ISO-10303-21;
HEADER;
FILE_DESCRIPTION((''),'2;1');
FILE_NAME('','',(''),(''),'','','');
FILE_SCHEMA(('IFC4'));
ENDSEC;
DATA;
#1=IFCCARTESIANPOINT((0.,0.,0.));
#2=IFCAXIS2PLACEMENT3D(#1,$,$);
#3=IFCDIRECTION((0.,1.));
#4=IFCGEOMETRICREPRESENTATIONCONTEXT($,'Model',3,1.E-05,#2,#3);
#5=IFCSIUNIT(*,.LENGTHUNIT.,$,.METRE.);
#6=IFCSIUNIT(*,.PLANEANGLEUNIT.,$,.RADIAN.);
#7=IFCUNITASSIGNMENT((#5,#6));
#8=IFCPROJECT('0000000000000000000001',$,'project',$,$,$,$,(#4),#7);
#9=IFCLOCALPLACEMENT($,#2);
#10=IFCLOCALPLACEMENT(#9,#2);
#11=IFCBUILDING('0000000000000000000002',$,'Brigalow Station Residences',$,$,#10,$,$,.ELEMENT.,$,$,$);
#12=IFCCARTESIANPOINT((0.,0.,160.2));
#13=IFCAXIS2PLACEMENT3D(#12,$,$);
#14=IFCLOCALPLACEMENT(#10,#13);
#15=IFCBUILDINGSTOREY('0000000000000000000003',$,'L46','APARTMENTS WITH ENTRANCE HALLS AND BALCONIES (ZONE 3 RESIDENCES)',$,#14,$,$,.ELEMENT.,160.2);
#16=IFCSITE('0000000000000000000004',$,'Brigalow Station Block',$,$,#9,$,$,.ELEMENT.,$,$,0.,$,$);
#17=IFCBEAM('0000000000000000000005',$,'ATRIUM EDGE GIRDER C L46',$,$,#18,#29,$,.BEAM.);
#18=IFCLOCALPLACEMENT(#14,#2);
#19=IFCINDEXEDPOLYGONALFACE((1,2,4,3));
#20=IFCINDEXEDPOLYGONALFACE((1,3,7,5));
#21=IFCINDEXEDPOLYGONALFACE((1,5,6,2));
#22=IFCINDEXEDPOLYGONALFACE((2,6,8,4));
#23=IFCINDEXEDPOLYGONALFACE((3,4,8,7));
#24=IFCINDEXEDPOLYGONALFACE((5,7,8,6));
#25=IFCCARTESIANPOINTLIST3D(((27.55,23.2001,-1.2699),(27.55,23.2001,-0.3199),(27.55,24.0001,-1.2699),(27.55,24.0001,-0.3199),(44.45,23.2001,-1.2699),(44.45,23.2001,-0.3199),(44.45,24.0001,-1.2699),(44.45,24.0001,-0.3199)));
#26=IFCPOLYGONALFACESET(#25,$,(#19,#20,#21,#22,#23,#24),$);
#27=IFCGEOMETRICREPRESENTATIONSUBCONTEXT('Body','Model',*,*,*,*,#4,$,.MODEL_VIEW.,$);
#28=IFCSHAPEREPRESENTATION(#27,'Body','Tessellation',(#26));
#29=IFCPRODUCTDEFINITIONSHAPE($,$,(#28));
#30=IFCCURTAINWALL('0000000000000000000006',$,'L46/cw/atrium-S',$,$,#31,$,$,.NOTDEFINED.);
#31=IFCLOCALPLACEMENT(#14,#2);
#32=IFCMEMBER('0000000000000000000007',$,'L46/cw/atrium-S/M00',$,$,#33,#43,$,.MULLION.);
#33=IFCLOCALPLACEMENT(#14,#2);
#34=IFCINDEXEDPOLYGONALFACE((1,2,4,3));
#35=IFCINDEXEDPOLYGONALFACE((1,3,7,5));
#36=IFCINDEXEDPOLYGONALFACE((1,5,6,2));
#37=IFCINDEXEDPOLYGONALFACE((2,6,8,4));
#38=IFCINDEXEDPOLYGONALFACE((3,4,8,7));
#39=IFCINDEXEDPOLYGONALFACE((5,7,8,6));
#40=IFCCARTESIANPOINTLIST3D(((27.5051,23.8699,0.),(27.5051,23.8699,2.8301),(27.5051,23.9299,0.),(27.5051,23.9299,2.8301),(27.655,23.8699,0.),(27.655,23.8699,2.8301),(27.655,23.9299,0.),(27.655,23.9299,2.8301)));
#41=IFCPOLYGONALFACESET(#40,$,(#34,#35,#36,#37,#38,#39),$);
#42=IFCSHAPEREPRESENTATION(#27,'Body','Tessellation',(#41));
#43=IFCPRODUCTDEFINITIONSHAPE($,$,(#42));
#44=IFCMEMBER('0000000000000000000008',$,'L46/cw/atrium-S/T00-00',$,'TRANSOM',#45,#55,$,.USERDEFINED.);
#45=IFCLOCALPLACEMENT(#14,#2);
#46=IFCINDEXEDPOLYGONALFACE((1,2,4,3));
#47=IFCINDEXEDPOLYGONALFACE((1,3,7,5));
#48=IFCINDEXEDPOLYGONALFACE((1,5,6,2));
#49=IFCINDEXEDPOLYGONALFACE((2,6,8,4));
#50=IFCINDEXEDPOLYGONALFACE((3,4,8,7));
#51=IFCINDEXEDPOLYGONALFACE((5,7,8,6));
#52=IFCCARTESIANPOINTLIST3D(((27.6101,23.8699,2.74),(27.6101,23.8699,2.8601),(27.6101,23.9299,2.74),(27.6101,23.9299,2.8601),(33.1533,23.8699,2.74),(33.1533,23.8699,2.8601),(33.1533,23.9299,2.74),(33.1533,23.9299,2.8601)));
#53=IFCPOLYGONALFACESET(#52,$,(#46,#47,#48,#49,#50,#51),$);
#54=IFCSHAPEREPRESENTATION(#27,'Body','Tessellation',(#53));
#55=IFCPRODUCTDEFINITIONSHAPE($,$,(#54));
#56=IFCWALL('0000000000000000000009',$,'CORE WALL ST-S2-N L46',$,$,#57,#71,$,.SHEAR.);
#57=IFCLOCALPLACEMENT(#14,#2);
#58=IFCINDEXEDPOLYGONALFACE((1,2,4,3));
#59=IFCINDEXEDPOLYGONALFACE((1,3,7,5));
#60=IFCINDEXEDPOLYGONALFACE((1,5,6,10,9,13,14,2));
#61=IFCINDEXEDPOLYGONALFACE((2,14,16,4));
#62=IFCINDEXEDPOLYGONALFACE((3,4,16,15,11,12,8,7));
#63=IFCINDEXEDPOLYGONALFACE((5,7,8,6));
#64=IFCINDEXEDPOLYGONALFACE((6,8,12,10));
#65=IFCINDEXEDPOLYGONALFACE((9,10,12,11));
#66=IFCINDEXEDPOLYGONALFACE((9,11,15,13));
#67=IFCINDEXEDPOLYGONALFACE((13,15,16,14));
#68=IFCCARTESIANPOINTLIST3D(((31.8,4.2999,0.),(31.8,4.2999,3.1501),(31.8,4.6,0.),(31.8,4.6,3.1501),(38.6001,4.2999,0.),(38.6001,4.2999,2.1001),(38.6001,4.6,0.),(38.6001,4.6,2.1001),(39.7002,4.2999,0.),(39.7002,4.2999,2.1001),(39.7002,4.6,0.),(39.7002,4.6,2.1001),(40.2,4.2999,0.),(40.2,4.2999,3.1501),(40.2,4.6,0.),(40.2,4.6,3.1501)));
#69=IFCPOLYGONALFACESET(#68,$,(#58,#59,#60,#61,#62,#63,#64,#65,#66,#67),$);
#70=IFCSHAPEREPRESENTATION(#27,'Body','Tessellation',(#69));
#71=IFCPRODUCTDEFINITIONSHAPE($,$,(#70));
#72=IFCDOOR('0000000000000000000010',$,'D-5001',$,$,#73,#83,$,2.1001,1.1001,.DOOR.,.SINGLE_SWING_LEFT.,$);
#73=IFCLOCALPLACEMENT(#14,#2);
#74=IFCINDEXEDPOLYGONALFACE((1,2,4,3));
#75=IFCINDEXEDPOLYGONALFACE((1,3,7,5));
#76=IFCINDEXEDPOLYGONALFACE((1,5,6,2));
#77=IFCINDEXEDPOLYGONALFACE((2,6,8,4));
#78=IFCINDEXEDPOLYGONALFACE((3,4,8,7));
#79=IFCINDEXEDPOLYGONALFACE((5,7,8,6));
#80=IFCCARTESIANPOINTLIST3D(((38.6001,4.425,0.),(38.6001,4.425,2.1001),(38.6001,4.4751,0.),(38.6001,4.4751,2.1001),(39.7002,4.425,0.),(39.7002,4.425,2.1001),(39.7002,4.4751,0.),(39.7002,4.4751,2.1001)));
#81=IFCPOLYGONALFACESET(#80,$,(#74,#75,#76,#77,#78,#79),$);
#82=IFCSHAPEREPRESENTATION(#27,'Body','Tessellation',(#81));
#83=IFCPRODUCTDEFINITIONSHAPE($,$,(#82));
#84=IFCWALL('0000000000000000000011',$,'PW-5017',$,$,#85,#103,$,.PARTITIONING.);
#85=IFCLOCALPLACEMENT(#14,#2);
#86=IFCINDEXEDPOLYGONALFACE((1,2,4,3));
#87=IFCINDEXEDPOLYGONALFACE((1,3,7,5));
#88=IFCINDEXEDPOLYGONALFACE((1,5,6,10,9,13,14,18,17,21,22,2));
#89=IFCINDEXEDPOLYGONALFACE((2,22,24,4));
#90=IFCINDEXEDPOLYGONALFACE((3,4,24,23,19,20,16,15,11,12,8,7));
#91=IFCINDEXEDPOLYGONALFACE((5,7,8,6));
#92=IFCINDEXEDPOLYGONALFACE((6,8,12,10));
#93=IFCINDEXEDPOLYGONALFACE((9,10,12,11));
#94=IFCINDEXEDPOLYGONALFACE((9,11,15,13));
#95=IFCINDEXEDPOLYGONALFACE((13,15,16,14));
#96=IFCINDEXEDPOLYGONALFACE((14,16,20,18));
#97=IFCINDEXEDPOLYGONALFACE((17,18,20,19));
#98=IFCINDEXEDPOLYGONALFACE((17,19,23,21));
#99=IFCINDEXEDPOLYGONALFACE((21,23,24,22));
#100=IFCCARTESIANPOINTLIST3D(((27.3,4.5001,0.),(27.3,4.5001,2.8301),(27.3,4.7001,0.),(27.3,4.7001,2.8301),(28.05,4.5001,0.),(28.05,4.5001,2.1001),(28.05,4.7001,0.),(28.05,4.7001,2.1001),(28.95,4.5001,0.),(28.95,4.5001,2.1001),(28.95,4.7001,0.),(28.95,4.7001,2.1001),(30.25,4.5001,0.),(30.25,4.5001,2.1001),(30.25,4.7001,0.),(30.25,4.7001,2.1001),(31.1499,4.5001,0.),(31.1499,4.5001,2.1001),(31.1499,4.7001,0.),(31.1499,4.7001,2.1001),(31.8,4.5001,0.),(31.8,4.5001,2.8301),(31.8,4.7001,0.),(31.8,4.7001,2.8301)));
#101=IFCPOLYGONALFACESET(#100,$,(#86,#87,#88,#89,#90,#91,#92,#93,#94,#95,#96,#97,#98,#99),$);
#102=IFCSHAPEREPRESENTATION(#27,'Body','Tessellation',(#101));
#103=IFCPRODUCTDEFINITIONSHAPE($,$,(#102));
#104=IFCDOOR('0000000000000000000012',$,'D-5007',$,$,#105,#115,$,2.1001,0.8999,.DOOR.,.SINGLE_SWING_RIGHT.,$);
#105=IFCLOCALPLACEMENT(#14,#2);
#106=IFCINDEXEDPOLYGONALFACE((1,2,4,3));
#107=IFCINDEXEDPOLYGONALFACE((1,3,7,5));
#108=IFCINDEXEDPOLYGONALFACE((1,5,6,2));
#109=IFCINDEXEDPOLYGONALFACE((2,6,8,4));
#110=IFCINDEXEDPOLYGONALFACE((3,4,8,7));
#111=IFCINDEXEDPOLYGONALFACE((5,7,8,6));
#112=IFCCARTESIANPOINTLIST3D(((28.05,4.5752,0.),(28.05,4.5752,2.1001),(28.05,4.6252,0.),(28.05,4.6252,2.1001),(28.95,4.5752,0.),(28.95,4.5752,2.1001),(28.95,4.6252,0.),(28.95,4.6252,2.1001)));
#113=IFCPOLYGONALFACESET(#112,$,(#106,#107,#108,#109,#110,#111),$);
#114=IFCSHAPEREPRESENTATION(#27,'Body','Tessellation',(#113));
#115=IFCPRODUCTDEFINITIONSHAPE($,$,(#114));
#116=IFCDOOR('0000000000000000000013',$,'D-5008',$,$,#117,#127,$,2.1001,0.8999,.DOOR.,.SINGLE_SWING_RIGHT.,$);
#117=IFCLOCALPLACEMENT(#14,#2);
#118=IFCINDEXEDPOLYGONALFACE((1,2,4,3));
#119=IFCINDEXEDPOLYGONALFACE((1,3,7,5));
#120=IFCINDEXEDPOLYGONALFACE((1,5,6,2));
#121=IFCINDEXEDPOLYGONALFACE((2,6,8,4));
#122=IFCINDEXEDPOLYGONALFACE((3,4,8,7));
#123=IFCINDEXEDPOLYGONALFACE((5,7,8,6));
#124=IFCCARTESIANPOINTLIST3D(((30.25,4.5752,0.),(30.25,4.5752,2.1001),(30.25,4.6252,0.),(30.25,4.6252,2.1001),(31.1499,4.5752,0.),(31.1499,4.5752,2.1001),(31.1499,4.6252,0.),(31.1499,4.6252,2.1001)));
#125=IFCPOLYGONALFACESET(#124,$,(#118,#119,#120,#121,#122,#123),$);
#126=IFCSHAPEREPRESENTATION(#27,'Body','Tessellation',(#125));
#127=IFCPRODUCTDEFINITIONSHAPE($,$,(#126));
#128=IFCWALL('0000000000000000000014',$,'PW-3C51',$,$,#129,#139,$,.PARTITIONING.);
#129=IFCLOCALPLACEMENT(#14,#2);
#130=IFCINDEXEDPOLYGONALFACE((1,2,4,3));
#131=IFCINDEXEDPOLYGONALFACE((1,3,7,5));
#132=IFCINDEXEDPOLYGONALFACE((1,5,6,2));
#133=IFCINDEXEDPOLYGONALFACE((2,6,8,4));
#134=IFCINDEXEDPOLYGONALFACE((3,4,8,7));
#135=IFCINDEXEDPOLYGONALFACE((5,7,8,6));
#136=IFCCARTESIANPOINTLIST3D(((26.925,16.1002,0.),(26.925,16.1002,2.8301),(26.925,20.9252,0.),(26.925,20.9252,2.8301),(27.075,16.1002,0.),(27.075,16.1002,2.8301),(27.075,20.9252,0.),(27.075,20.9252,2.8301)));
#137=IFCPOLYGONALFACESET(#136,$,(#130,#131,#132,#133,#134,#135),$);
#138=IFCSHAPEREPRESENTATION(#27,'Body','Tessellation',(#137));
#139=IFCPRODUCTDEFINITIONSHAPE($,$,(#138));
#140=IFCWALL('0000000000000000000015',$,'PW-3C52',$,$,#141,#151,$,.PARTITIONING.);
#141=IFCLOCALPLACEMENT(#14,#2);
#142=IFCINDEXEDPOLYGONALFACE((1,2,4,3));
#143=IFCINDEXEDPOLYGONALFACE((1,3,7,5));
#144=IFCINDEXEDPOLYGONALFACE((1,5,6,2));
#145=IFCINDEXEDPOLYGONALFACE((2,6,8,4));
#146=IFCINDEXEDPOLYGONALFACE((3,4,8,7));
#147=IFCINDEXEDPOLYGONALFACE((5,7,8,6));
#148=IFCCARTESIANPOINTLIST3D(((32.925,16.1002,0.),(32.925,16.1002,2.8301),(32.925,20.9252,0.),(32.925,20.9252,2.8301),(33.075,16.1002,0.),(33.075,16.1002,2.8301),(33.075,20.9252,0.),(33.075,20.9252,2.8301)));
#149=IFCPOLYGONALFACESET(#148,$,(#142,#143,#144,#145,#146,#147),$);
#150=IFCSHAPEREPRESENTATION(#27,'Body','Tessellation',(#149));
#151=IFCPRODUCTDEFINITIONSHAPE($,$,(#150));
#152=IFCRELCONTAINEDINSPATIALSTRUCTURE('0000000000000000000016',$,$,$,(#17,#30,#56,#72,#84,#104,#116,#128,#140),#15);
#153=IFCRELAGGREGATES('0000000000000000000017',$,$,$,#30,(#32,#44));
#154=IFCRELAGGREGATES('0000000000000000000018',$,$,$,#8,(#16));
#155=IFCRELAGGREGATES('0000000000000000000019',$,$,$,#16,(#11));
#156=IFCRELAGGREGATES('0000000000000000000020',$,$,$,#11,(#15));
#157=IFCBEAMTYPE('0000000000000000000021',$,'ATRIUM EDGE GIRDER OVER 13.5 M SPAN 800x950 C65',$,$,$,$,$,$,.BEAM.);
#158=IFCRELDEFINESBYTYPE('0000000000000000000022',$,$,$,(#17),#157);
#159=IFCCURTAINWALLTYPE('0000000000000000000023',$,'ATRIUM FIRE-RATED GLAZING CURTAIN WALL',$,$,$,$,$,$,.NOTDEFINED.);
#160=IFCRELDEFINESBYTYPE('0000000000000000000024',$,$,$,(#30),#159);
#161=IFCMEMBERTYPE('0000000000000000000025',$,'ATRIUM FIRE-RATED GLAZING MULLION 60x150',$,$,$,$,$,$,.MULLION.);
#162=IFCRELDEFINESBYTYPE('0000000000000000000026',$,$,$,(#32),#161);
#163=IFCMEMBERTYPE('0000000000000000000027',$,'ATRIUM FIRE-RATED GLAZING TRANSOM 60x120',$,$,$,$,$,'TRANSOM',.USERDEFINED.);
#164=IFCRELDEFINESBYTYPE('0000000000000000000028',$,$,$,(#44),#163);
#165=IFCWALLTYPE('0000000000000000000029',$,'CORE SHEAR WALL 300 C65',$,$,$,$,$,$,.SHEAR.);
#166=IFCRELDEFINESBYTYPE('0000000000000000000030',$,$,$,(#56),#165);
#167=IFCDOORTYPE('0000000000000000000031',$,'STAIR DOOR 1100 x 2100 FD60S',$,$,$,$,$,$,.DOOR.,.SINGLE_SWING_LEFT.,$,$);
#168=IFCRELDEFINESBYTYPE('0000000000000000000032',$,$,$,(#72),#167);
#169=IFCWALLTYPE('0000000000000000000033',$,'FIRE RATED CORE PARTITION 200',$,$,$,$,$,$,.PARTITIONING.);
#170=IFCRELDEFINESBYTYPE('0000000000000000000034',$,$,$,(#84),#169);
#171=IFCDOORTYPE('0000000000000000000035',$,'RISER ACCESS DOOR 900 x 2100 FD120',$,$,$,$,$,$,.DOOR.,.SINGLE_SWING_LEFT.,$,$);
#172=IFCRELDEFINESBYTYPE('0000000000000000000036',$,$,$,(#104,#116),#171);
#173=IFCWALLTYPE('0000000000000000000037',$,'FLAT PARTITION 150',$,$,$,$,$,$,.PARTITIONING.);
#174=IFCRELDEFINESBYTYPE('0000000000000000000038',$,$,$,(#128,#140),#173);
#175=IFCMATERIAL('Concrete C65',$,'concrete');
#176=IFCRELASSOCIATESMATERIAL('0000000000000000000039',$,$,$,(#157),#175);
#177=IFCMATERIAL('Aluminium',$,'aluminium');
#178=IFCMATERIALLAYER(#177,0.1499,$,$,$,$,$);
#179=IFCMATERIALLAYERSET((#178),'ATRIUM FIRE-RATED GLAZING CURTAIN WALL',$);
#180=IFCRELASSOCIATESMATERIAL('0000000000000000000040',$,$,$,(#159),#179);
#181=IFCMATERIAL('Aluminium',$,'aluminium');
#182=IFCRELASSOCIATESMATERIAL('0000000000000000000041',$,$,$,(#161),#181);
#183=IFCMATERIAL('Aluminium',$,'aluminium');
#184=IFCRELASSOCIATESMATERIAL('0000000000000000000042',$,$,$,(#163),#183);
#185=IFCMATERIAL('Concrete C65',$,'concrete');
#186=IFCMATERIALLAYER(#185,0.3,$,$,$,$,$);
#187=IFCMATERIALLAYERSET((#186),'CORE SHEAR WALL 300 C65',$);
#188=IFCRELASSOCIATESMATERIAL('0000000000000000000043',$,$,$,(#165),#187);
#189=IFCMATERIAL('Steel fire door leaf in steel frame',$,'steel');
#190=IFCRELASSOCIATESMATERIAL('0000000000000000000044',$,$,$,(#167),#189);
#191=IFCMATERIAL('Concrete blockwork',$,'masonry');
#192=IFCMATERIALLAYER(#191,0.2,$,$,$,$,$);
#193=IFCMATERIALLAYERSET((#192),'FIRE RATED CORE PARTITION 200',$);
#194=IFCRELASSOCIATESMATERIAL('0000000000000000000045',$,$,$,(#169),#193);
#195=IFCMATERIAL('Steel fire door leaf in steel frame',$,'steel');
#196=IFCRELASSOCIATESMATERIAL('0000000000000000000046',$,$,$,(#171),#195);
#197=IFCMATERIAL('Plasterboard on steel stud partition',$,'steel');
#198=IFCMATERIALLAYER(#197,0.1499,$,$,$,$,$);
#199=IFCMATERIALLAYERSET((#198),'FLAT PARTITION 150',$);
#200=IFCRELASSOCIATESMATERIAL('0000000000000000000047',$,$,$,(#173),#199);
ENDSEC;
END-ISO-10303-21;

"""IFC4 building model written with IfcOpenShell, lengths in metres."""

from ifc_helpers import new_model, si_unit, direction, frame, frame_2d, origin, origin_2d, place, context, subcontext, project, spatial, rectangle, extrude, material, layer, layer_set, material_profile, profile_set, type_object, element, fill, aggregate, save


model = new_model("IFC4")

# Units and contexts
model_context = context("Model", 3, precision=1e-05, world=origin(), true_north=direction((0.0, 1.0)))
body_context = subcontext(model_context, "Body", "Model", "MODEL_VIEW")
ifc_project = project(units=[si_unit("LENGTHUNIT", "METRE"), si_unit("PLANEANGLEUNIT", "RADIAN")], contexts=[model_context])

# Site, building, storey
site_placement = place(None, origin())
site = spatial("IfcSite", under=ifc_project, at=site_placement, Name="Brigalow Station Block", CompositionType="ELEMENT", RefElevation=0.0)
building_placement = place(site_placement, origin())
building = spatial("IfcBuilding", under=site, at=building_placement, Name="Brigalow Station Residences", CompositionType="ELEMENT")
storey_placement = place(building_placement, frame((0.0, 0.0, 160.2)))
storey = spatial("IfcBuildingStorey", under=building, at=storey_placement, Name="L46", Description="APARTMENTS WITH ENTRANCE HALLS AND BALCONIES (ZONE 3 RESIDENCES)", CompositionType="ELEMENT", Elevation=160.2)

# Beam
ifc_material_1 = material(Name="Concrete C65", Category="concrete")
ifc_material_profile_1 = material_profile(ifc_material_1, rectangle(XDim=0.8, YDim=0.95, at=origin_2d()), Name="RC800x950")
ifc_profile_set_1 = profile_set([ifc_material_profile_1], Name="Concrete C65")
beam_type = type_object("IfcBeamType", Name="ATRIUM EDGE GIRDER OVER 13.5 M SPAN 800x950 C65", PredefinedType="BEAM", material=ifc_profile_set_1)
beam_placement = place(storey_placement, frame((27.55, 23.6001, -0.7949), z_axis=(1.0, 0.0, 0.0), x_axis=(0.0, 1.0, 0.0)))
element("IfcBeam", 1, at=beam_placement, inside=storey, type_object=beam_type, Name="ATRIUM EDGE GIRDER C L46", PredefinedType="BEAM", context=body_context, shape_type="SweptSolid", body=[
    extrude(rectangle(XDim=0.8, YDim=0.95, at=origin_2d()), origin(), (0.0, 0.0, 1.0), 16.8999),
])

# Curtain wall, members
ifc_material_2 = material(Name="Aluminium", Category="aluminium")
ifc_layer_1 = layer(ifc_material_2, 0.1499)
ifc_layer_set_1 = layer_set([ifc_layer_1], Name="ATRIUM FIRE-RATED GLAZING CURTAIN WALL")
curtain_wall_type = type_object("IfcCurtainWallType", Name="ATRIUM FIRE-RATED GLAZING CURTAIN WALL", PredefinedType="NOTDEFINED", material=ifc_layer_set_1)
curtain_wall_placement = place(storey_placement, origin())
curtain_wall = element("IfcCurtainWall", 2, at=curtain_wall_placement, inside=storey, type_object=curtain_wall_type, Name="L46/cw/atrium-S", PredefinedType="NOTDEFINED")
ifc_material_3 = material(Name="Aluminium", Category="aluminium")
ifc_material_profile_2 = material_profile(ifc_material_3, rectangle(XDim=0.0601, YDim=0.1499, at=origin_2d()), Name="ATRIUM FIRE-RATED GLAZING MULLION 60x150")
ifc_profile_set_2 = profile_set([ifc_material_profile_2], Name="Aluminium")
member_type_1 = type_object("IfcMemberType", Name="ATRIUM FIRE-RATED GLAZING MULLION 60x150", PredefinedType="MULLION", material=ifc_profile_set_2)
member_1_placement = place(storey_placement, frame((27.5801, 23.8999, 0.0), z_axis=(0.0, 0.0, 1.0), x_axis=(0.0, 1.0, 0.0)))
member_1 = element("IfcMember", 3, at=member_1_placement, type_object=member_type_1, Name="L46/cw/atrium-S/M00", PredefinedType="MULLION", context=body_context, shape_type="SweptSolid", body=[
    extrude(rectangle(XDim=0.0601, YDim=0.1499, at=origin_2d()), origin(), (0.0, 0.0, 1.0), 2.8301),
])
ifc_material_4 = material(Name="Aluminium", Category="aluminium")
ifc_material_profile_3 = material_profile(ifc_material_4, rectangle(XDim=0.0601, YDim=0.1201, at=origin_2d()), Name="ATRIUM FIRE-RATED GLAZING TRANSOM 60x120")
ifc_profile_set_3 = profile_set([ifc_material_profile_3], Name="Aluminium")
member_type_2 = type_object("IfcMemberType", Name="ATRIUM FIRE-RATED GLAZING TRANSOM 60x120", ElementType="TRANSOM", PredefinedType="USERDEFINED", material=ifc_profile_set_3)
member_2_placement = place(storey_placement, frame((27.6101, 23.8999, 2.8), z_axis=(1.0, 0.0, 0.0), x_axis=(0.0, 1.0, 0.0)))
member_2 = element("IfcMember", 4, at=member_2_placement, type_object=member_type_2, Name="L46/cw/atrium-S/T00-00", ObjectType="TRANSOM", PredefinedType="USERDEFINED", context=body_context, shape_type="SweptSolid", body=[
    extrude(rectangle(XDim=0.0601, YDim=0.1201, at=origin_2d()), origin(), (0.0, 0.0, 1.0), 5.5432),
])
aggregate(curtain_wall, [member_1, member_2])

# Wall, opening, door
ifc_material_5 = material(Name="Concrete C65", Category="concrete")
ifc_layer_2 = layer(ifc_material_5, 0.3)
ifc_layer_set_2 = layer_set([ifc_layer_2], Name="CORE SHEAR WALL 300 C65")
wall_type_1 = type_object("IfcWallType", Name="CORE SHEAR WALL 300 C65", PredefinedType="SHEAR", material=ifc_layer_set_2)
wall_1_placement = place(storey_placement, frame((31.8, 4.45, 0.0), z_axis=(0.0, 0.0, 1.0), x_axis=(1.0, 0.0, 0.0)))
wall_1 = element("IfcWall", 5, at=wall_1_placement, inside=storey, type_object=wall_type_1, Name="CORE WALL ST-S2-N L46", PredefinedType="SHEAR", context=body_context, shape_type="SweptSolid", body=[
    extrude(rectangle(XDim=8.3999, YDim=0.3, at=frame_2d((4.2, 0.0))), origin(), (0.0, 0.0, 1.0), 3.1501),
])
opening_1_placement = place(wall_1_placement, frame((6.8, 0.0, 0.0)))
opening_1 = element("IfcOpeningElement", 6, at=opening_1_placement, cuts=wall_1, PredefinedType="OPENING", context=body_context, shape_type="SweptSolid", body=[
    extrude(rectangle(XDim=1.1001, YDim=2.1001, at=frame_2d((0.55, 1.05))), frame((0.0, 0.1602, 0.0), z_axis=(0.0, -1.0, 0.0), x_axis=(1.0, 0.0, 0.0)), (0.0, 0.0, 1.0), 0.3201),
])
ifc_material_6 = material(Name="Steel fire door leaf in steel frame", Category="steel")
door_type_1 = type_object("IfcDoorType", Name="STAIR DOOR 1100 x 2100 FD60S", OperationType="SINGLE_SWING_LEFT", PredefinedType="DOOR", material=ifc_material_6)
door_1_placement = place(opening_1_placement, frame((1.1001, 0.0, 0.0), z_axis=(0.0, 0.0, 1.0), x_axis=(-1.0, 0.0, 0.0)))
door_1 = element("IfcDoor", 7, at=door_1_placement, inside=storey, type_object=door_type_1, Name="D-5001", OperationType="SINGLE_SWING_LEFT", OverallHeight=2.1001, OverallWidth=1.1001, PredefinedType="DOOR", context=body_context, shape_type="SweptSolid", body=[
    extrude(rectangle(XDim=1.1001, YDim=2.1001, at=frame_2d((0.55, 1.05))), frame((0.0, 0.0249, 0.0), z_axis=(0.0, -1.0, 0.0), x_axis=(1.0, 0.0, 0.0)), (0.0, 0.0, 1.0), 0.05),
])
fill(opening_1, door_1)

# Wall, openings, doors
ifc_material_7 = material(Name="Concrete blockwork", Category="masonry")
ifc_layer_3 = layer(ifc_material_7, 0.2)
ifc_layer_set_3 = layer_set([ifc_layer_3], Name="FIRE RATED CORE PARTITION 200")
wall_type_2 = type_object("IfcWallType", Name="FIRE RATED CORE PARTITION 200", PredefinedType="PARTITIONING", material=ifc_layer_set_3)
wall_2_placement = place(storey_placement, frame((27.3, 4.6001, 0.0), z_axis=(0.0, 0.0, 1.0), x_axis=(1.0, 0.0, 0.0)))
wall_2 = element("IfcWall", 8, at=wall_2_placement, inside=storey, type_object=wall_type_2, Name="PW-5017", PredefinedType="PARTITIONING", context=body_context, shape_type="SweptSolid", body=[
    extrude(rectangle(XDim=4.5, YDim=0.2, at=frame_2d((2.25, 0.0))), origin(), (0.0, 0.0, 1.0), 2.8301),
])
opening_2_placement = place(wall_2_placement, frame((0.75, 0.0, 0.0)))
opening_2 = element("IfcOpeningElement", 9, at=opening_2_placement, cuts=wall_2, PredefinedType="OPENING", context=body_context, shape_type="SweptSolid", body=[
    extrude(rectangle(XDim=0.8999, YDim=2.1001, at=frame_2d((0.45, 1.05))), frame((0.0, 0.1099, 0.0), z_axis=(0.0, -1.0, 0.0), x_axis=(1.0, 0.0, 0.0)), (0.0, 0.0, 1.0), 0.22),
])
opening_3_placement = place(wall_2_placement, frame((2.95, 0.0, 0.0)))
opening_3 = element("IfcOpeningElement", 10, at=opening_3_placement, cuts=wall_2, PredefinedType="OPENING", context=body_context, shape_type="SweptSolid", body=[
    extrude(rectangle(XDim=0.8999, YDim=2.1001, at=frame_2d((0.45, 1.05))), frame((0.0, 0.1099, 0.0), z_axis=(0.0, -1.0, 0.0), x_axis=(1.0, 0.0, 0.0)), (0.0, 0.0, 1.0), 0.22),
])
ifc_material_8 = material(Name="Steel fire door leaf in steel frame", Category="steel")
door_type_2 = type_object("IfcDoorType", Name="RISER ACCESS DOOR 900 x 2100 FD120", OperationType="SINGLE_SWING_LEFT", PredefinedType="DOOR", material=ifc_material_8)
door_2_placement = place(opening_2_placement, frame((0.8999, 0.0, 0.0), z_axis=(0.0, 0.0, 1.0), x_axis=(-1.0, 0.0, 0.0)))
door_2 = element("IfcDoor", 11, at=door_2_placement, inside=storey, type_object=door_type_2, Name="D-5007", OperationType="SINGLE_SWING_RIGHT", OverallHeight=2.1001, OverallWidth=0.8999, PredefinedType="DOOR", context=body_context, shape_type="SweptSolid", body=[
    extrude(rectangle(XDim=0.8999, YDim=2.1001, at=frame_2d((0.45, 1.05))), frame((0.0, 0.0249, 0.0), z_axis=(0.0, -1.0, 0.0), x_axis=(1.0, 0.0, 0.0)), (0.0, 0.0, 1.0), 0.05),
])
fill(opening_2, door_2)
door_3_placement = place(opening_3_placement, frame((0.8999, 0.0, 0.0), z_axis=(0.0, 0.0, 1.0), x_axis=(-1.0, 0.0, 0.0)))
door_3 = element("IfcDoor", 12, at=door_3_placement, inside=storey, type_object=door_type_2, Name="D-5008", OperationType="SINGLE_SWING_RIGHT", OverallHeight=2.1001, OverallWidth=0.8999, PredefinedType="DOOR", context=body_context, shape_type="SweptSolid", body=[
    extrude(rectangle(XDim=0.8999, YDim=2.1001, at=frame_2d((0.45, 1.05))), frame((0.0, 0.0249, 0.0), z_axis=(0.0, -1.0, 0.0), x_axis=(1.0, 0.0, 0.0)), (0.0, 0.0, 1.0), 0.05),
])
fill(opening_3, door_3)

# Walls
ifc_material_9 = material(Name="Plasterboard on steel stud partition", Category="steel")
ifc_layer_4 = layer(ifc_material_9, 0.1499)
ifc_layer_set_4 = layer_set([ifc_layer_4], Name="FLAT PARTITION 150")
wall_type_3 = type_object("IfcWallType", Name="FLAT PARTITION 150", PredefinedType="PARTITIONING", material=ifc_layer_set_4)
for number, where, z_axis, x_axis, name in (
    (13, (27.0, 16.1001, 0.0), (0.0, 0.0, 1.0), (0.0, 1.0, 0.0), "PW-3C51"),
    (14, (33.0, 16.1001, 0.0), (0.0, 0.0, 1.0), (0.0, 1.0, 0.0), "PW-3C52"),
):
    element("IfcWall", number, at=place(storey_placement, frame(where, z_axis=z_axis, x_axis=x_axis)), inside=storey, type_object=wall_type_3, Name=name, PredefinedType="PARTITIONING", context=body_context, shape_type="SweptSolid", body=[
        extrude(rectangle(XDim=4.825, YDim=0.1499, at=frame_2d((2.4126, 0.0))), origin(), (0.0, 0.0, 1.0), 2.8301),
    ])

save(model, "model.ifc")
